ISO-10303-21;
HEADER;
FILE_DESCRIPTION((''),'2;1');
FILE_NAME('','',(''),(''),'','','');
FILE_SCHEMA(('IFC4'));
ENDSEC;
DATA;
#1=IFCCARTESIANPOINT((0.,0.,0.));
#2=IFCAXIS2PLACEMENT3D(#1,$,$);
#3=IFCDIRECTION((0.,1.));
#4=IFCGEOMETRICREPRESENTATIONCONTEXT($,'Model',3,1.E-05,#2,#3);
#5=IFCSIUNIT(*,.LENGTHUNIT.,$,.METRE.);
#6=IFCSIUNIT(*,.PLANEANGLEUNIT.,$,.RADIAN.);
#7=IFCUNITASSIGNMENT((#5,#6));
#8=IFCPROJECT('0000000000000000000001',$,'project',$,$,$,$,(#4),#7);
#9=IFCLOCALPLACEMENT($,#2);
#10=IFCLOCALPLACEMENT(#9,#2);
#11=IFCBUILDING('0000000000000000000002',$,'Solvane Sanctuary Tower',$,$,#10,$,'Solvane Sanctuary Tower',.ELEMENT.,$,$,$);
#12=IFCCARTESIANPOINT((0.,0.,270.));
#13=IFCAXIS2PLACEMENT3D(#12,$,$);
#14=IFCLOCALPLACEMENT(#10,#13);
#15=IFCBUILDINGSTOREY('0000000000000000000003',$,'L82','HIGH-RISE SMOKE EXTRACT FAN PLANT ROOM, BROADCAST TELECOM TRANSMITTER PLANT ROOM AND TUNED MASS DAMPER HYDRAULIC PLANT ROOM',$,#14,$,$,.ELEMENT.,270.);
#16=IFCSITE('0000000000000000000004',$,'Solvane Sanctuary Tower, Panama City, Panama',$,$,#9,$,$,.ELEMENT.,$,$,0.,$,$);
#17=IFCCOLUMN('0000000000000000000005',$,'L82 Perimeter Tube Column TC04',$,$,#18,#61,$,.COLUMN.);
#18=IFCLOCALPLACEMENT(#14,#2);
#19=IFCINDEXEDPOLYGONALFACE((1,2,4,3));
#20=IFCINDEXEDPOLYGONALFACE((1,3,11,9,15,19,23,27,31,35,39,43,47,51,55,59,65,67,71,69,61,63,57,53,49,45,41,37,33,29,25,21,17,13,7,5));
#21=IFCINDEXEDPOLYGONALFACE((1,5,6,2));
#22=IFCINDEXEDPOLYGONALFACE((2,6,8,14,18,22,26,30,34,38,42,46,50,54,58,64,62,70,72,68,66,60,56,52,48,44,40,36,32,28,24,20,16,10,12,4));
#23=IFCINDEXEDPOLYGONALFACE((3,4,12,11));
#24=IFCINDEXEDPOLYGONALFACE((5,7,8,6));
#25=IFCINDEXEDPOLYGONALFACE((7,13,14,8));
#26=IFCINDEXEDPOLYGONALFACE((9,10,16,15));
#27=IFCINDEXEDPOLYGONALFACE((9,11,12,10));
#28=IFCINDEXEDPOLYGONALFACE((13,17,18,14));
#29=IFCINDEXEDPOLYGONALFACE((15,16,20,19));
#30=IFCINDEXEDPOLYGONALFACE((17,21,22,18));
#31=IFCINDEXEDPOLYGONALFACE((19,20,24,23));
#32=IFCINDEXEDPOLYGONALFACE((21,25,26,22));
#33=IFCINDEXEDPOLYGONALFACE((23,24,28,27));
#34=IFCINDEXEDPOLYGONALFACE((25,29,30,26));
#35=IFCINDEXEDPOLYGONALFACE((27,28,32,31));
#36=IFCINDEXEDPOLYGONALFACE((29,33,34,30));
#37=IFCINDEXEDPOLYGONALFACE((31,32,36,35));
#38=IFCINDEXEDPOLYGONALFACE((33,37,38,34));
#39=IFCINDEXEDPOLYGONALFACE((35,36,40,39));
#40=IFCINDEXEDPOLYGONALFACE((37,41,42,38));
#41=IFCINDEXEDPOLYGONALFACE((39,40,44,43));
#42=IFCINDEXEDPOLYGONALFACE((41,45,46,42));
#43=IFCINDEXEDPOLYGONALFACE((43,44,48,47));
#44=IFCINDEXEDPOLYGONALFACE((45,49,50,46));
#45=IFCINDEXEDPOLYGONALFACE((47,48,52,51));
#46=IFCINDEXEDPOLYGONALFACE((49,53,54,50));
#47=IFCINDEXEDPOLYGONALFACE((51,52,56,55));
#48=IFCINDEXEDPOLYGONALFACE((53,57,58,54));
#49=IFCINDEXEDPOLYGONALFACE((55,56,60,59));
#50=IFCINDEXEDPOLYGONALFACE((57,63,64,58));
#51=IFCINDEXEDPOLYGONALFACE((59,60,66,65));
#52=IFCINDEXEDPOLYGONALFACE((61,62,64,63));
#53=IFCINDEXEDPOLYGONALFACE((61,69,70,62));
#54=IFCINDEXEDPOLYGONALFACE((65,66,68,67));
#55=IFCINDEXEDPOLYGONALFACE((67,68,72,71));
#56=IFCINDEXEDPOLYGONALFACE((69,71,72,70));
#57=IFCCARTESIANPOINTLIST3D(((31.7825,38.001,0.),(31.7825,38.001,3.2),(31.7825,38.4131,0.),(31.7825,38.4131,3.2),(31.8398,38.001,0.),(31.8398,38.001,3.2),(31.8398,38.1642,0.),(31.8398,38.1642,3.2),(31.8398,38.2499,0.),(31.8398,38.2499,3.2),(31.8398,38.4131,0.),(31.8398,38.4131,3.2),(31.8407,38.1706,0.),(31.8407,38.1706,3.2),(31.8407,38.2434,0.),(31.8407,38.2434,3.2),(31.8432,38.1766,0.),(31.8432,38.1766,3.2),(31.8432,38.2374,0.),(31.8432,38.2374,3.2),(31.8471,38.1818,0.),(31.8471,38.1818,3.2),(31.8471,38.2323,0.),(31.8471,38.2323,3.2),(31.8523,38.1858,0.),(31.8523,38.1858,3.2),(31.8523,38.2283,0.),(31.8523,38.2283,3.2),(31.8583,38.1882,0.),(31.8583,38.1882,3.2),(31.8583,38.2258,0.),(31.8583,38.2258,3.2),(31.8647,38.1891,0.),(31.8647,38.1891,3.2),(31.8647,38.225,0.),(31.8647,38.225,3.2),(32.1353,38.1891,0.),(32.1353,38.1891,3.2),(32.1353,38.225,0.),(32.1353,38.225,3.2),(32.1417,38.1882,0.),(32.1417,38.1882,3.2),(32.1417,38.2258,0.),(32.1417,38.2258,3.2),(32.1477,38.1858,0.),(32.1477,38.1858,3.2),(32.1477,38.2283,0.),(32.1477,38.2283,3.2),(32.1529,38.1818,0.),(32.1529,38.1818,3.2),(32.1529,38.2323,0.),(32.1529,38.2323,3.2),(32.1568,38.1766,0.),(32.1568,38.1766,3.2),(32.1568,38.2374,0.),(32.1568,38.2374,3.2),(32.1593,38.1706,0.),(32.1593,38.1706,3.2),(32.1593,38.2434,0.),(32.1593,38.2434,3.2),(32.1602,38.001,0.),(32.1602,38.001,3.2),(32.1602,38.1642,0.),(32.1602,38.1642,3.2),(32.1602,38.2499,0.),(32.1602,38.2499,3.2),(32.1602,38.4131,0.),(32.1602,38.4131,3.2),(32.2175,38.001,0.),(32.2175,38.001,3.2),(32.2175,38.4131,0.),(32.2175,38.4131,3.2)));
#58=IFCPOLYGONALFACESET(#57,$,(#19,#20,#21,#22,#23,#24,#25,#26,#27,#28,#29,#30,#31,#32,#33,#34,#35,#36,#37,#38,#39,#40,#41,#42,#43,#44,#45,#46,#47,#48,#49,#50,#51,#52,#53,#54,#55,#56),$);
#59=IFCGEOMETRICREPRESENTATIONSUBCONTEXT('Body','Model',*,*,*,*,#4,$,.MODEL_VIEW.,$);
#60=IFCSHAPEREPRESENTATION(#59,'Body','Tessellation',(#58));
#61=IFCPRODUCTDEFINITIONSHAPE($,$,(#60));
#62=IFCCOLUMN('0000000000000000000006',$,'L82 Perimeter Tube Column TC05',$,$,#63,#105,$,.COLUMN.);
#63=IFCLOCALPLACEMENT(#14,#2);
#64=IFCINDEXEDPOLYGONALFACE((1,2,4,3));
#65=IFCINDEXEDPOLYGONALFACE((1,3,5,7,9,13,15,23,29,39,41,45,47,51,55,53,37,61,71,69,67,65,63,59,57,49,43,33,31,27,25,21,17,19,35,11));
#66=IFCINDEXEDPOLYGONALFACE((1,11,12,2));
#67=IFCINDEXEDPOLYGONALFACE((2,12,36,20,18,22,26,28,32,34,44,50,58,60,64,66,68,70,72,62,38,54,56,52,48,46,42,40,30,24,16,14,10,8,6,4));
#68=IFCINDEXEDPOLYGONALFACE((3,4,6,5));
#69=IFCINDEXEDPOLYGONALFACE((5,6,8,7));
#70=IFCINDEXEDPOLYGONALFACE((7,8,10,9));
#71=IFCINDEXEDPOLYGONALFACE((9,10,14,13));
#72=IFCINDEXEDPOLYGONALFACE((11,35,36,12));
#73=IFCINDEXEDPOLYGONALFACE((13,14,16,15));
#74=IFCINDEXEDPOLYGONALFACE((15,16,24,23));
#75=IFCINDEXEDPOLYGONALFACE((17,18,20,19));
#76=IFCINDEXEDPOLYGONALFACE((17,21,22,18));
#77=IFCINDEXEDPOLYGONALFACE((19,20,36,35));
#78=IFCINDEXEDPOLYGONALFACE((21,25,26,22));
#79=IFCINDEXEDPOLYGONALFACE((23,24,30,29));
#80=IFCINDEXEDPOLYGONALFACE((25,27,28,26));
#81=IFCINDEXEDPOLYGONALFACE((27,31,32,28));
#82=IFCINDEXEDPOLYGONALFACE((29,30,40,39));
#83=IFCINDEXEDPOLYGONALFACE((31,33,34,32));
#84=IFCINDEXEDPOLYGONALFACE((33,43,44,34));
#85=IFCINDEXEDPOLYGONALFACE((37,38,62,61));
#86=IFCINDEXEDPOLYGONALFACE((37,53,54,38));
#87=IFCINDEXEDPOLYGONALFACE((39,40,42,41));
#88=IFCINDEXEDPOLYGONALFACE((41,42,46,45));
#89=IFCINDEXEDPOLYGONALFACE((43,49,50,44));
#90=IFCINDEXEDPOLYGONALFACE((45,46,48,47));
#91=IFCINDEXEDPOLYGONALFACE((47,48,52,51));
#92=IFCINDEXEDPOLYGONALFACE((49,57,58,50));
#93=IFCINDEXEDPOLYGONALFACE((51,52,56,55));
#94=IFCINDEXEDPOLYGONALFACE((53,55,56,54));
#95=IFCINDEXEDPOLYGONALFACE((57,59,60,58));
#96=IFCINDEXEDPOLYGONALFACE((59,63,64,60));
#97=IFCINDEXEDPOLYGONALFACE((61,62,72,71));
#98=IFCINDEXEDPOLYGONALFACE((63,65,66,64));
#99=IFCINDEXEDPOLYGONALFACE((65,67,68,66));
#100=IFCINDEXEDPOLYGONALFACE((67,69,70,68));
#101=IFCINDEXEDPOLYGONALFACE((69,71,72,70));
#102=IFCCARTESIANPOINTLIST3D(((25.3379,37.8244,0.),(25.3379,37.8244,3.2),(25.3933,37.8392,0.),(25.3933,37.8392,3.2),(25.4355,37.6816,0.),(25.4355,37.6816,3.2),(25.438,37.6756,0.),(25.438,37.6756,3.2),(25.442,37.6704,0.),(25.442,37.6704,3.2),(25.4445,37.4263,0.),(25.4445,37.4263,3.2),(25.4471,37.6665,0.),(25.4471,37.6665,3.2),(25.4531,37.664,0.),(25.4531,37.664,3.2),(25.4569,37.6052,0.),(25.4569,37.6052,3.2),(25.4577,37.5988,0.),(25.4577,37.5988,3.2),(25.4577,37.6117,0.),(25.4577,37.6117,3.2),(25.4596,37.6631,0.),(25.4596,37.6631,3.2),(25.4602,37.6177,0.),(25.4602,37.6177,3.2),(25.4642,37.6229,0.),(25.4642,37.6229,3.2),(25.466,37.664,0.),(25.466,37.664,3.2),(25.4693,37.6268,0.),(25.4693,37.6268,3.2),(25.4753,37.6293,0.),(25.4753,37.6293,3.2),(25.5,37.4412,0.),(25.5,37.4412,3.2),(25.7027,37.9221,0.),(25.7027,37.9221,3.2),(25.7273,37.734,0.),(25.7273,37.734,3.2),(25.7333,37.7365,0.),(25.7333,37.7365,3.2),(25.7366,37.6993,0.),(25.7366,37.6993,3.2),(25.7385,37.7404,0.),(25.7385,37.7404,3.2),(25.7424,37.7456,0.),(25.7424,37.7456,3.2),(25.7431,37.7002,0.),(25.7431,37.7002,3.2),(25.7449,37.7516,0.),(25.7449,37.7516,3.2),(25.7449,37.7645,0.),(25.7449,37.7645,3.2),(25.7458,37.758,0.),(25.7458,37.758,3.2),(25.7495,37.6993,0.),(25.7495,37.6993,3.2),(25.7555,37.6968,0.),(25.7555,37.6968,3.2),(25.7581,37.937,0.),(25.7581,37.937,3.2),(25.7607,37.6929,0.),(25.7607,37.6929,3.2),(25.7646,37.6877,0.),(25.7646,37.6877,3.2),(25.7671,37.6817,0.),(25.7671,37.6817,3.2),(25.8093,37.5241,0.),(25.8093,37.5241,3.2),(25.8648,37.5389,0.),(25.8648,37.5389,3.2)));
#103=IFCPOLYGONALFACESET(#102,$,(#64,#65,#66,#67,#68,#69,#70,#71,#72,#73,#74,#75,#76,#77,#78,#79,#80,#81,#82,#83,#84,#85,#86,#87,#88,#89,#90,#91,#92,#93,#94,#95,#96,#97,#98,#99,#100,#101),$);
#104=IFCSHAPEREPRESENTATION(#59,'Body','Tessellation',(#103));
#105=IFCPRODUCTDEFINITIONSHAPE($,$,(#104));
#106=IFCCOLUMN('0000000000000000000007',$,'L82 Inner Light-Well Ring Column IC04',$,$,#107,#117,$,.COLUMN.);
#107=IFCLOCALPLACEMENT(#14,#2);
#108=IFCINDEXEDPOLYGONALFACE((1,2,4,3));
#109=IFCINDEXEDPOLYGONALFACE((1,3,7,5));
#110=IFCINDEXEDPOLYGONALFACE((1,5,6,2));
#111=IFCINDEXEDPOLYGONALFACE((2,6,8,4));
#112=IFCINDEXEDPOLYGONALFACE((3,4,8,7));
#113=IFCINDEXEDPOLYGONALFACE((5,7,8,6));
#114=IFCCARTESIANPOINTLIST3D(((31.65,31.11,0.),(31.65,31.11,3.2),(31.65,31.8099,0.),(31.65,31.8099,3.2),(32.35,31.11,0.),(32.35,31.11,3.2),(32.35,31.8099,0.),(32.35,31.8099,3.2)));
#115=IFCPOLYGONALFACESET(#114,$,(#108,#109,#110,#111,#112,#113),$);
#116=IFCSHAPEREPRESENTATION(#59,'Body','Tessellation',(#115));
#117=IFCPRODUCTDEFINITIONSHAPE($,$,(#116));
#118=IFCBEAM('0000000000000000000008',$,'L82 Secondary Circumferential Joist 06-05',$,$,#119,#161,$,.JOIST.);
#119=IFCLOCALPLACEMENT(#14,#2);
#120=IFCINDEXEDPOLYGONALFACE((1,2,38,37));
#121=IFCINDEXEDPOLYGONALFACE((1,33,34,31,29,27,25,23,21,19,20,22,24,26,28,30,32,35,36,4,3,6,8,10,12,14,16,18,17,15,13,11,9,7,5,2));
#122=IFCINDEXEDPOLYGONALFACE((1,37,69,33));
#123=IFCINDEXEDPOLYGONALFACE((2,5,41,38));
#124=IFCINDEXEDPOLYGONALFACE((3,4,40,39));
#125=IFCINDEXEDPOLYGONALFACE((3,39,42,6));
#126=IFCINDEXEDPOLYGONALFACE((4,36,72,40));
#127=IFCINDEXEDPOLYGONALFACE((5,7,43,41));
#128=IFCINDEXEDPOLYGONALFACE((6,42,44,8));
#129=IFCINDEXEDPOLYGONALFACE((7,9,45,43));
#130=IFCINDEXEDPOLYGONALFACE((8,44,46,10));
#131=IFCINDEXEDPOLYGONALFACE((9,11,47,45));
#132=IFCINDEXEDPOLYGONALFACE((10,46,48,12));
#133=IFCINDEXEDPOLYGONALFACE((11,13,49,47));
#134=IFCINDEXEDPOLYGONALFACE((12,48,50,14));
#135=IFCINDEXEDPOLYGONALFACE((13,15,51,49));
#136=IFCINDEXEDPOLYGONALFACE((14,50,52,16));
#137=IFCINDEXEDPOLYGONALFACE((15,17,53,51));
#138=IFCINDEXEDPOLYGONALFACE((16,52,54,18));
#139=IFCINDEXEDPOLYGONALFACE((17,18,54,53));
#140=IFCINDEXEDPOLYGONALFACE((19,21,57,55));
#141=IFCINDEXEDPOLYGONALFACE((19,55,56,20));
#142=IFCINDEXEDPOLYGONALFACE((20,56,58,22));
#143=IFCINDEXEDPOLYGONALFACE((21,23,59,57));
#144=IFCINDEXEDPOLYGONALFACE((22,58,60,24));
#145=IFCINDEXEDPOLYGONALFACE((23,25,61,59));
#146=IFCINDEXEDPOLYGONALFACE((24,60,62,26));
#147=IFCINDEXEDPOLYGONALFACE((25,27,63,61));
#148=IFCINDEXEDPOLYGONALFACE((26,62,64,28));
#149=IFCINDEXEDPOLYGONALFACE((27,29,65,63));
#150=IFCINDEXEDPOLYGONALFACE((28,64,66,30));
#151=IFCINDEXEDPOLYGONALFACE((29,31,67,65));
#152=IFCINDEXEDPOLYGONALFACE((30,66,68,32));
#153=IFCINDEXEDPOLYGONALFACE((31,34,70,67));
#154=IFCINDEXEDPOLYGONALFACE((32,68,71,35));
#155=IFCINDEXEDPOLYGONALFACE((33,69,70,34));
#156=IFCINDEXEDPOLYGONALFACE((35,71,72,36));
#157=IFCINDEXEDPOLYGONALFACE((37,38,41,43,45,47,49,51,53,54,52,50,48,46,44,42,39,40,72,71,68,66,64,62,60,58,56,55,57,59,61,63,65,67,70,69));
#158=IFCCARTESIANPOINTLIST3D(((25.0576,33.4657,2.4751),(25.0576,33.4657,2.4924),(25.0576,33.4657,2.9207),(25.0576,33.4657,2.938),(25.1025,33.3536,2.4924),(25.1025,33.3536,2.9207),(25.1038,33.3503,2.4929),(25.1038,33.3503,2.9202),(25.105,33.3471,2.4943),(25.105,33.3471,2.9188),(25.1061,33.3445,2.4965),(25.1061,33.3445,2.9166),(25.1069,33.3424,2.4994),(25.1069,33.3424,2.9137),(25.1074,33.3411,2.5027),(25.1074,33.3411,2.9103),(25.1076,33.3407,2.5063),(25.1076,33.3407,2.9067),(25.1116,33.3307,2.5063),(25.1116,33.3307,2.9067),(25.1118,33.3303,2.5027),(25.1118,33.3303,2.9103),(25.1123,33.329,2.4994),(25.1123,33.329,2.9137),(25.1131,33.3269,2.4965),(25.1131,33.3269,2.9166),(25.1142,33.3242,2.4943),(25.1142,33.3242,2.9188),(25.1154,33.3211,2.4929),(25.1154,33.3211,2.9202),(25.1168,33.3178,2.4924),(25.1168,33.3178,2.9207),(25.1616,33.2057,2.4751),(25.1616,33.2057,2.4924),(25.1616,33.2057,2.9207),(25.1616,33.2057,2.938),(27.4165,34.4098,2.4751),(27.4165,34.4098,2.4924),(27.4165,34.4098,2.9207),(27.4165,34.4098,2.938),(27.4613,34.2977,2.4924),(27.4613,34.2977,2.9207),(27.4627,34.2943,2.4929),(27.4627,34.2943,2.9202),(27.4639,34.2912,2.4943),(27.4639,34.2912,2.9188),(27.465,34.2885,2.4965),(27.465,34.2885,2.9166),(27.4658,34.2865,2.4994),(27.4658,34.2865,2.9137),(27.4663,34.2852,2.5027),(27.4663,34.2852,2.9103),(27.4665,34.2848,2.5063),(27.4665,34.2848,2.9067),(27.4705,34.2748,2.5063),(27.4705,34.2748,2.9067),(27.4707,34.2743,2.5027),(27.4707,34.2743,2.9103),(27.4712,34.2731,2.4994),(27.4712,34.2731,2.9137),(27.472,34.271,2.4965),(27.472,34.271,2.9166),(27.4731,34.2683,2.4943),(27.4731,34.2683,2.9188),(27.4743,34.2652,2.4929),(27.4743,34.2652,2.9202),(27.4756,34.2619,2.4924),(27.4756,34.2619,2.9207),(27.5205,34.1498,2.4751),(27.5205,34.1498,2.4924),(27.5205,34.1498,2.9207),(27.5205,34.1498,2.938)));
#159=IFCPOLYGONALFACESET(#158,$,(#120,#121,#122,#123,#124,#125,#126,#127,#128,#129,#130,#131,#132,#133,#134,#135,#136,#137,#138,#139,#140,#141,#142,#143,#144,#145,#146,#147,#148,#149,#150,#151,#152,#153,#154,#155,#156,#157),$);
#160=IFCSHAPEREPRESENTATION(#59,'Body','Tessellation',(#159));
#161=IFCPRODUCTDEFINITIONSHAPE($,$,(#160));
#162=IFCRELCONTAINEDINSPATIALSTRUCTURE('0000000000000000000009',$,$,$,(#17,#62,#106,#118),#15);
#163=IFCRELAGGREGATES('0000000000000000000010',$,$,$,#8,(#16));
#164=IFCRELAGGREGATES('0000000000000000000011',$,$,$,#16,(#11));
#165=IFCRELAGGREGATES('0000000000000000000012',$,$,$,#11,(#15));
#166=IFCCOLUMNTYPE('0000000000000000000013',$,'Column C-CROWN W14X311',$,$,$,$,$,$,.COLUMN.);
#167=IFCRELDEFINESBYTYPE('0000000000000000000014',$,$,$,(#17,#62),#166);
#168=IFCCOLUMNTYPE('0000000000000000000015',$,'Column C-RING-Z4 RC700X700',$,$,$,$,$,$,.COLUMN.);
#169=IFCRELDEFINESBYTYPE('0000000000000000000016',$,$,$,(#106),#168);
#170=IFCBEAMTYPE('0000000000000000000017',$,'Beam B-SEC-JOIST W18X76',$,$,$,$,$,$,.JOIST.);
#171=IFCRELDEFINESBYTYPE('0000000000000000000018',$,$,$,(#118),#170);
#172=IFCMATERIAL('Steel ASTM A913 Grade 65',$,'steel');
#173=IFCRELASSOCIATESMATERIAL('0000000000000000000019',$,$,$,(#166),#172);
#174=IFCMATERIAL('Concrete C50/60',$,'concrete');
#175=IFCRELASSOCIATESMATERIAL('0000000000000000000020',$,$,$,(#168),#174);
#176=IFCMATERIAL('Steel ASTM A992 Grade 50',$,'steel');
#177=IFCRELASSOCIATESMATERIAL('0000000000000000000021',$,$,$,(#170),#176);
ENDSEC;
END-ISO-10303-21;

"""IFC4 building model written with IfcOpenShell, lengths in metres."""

from ifc_helpers import new_model, si_unit, direction, frame, origin, origin_2d, place, context, subcontext, project, spatial, rectangle, i_section, extrude, material, material_profile, profile_set, type_object, element, save


model = new_model("IFC4")

# Units and contexts
model_context = context("Model", 3, precision=1e-05, world=origin(), true_north=direction((0.0, 1.0)))
body_context = subcontext(model_context, "Body", "Model", "MODEL_VIEW")
ifc_project = project(units=[si_unit("LENGTHUNIT", "METRE"), si_unit("PLANEANGLEUNIT", "RADIAN")], contexts=[model_context])

# Site, building, storey
site_placement = place(None, origin())
site = spatial("IfcSite", under=ifc_project, at=site_placement, Name="Solvane Sanctuary Tower, Panama City, Panama", CompositionType="ELEMENT", RefElevation=0.0)
building_placement = place(site_placement, origin())
building = spatial("IfcBuilding", under=site, at=building_placement, Name="Solvane Sanctuary Tower", LongName="Solvane Sanctuary Tower", CompositionType="ELEMENT")
storey_placement = place(building_placement, frame((0.0, 0.0, 270.0)))
storey = spatial("IfcBuildingStorey", under=building, at=storey_placement, Name="L82", Description="HIGH-RISE SMOKE EXTRACT FAN PLANT ROOM, BROADCAST TELECOM TRANSMITTER PLANT ROOM AND TUNED MASS DAMPER HYDRAULIC PLANT ROOM", CompositionType="ELEMENT", Elevation=270.0)

# Columns
ifc_material_1 = material(Name="Steel ASTM A913 Grade 65", Category="steel")
ifc_material_profile_1 = material_profile(ifc_material_1, i_section(OverallWidth=0.4121, OverallDepth=0.4351, WebThickness=0.0359, FlangeThickness=0.0574, FilletRadius=0.0249, at=origin_2d()), Name="W14X311")
ifc_profile_set_1 = profile_set([ifc_material_profile_1], Name="Steel ASTM A913 Grade 65")
column_type_1 = type_object("IfcColumnType", Name="Column C-CROWN W14X311", PredefinedType="COLUMN", material=ifc_profile_set_1)
for number, where, z_axis, x_axis, name in (
    (1, (32.0, 38.207, 0.0), (0.0, 0.0, 1.0), (0.0, 1.0, 0.0), "L82 Perimeter Tube Column TC04"),
    (2, (25.6013, 37.6816, 0.0), (0.0, 0.0, 1.0), (-0.258819, 0.965926, 0.0), "L82 Perimeter Tube Column TC05"),
):
    element("IfcColumn", number, at=place(storey_placement, frame(where, z_axis=z_axis, x_axis=x_axis)), inside=storey, type_object=column_type_1, Name=name, PredefinedType="COLUMN", context=body_context, shape_type="SweptSolid", body=[
        extrude(i_section(OverallWidth=0.4121, OverallDepth=0.4351, WebThickness=0.0359, FlangeThickness=0.0574, FilletRadius=0.0249, at=origin_2d()), origin(), (0.0, 0.0, 1.0), 3.2),
    ])
ifc_material_2 = material(Name="Concrete C50/60", Category="concrete")
ifc_material_profile_2 = material_profile(ifc_material_2, rectangle(XDim=0.7, YDim=0.7, at=origin_2d()), Name="RC700X700")
ifc_profile_set_2 = profile_set([ifc_material_profile_2], Name="Concrete C50/60")
column_type_2 = type_object("IfcColumnType", Name="Column C-RING-Z4 RC700X700", PredefinedType="COLUMN", material=ifc_profile_set_2)
column_placement = place(storey_placement, frame((32.0, 31.46, 0.0), z_axis=(0.0, 0.0, 1.0), x_axis=(1.0, 0.0, 0.0)))
element("IfcColumn", 3, at=column_placement, inside=storey, type_object=column_type_2, Name="L82 Inner Light-Well Ring Column IC04", PredefinedType="COLUMN", context=body_context, shape_type="SweptSolid", body=[
    extrude(rectangle(XDim=0.7, YDim=0.7, at=origin_2d()), origin(), (0.0, 0.0, 1.0), 3.2),
])

# Beam
ifc_material_3 = material(Name="Steel ASTM A992 Grade 50", Category="steel")
ifc_material_profile_3 = material_profile(ifc_material_3, i_section(OverallWidth=0.28, OverallDepth=0.4629, WebThickness=0.0107, FlangeThickness=0.0173, FilletRadius=0.0139, at=origin_2d()), Name="W18X76")
ifc_profile_set_3 = profile_set([ifc_material_profile_3], Name="Steel ASTM A992 Grade 50")
beam_type_1 = type_object("IfcBeamType", Name="Beam B-SEC-JOIST W18X76", PredefinedType="JOIST", material=ifc_profile_set_3)
beam_1_placement = place(storey_placement, frame((25.1096, 33.3357, 2.7065), z_axis=(0.928404, 0.371573, 0.0), x_axis=(-0.371573, 0.928404, 0.0)))
element("IfcBeam", 4, at=beam_1_placement, inside=storey, type_object=beam_type_1, Name="L82 Secondary Circumferential Joist 06-05", PredefinedType="JOIST", context=body_context, shape_type="SweptSolid", body=[
    extrude(i_section(OverallWidth=0.28, OverallDepth=0.4629, WebThickness=0.0107, FlangeThickness=0.0173, FilletRadius=0.0139, at=origin_2d()), origin(), (0.0, 0.0, 1.0), 2.5408),
])

save(model, "model.ifc")
